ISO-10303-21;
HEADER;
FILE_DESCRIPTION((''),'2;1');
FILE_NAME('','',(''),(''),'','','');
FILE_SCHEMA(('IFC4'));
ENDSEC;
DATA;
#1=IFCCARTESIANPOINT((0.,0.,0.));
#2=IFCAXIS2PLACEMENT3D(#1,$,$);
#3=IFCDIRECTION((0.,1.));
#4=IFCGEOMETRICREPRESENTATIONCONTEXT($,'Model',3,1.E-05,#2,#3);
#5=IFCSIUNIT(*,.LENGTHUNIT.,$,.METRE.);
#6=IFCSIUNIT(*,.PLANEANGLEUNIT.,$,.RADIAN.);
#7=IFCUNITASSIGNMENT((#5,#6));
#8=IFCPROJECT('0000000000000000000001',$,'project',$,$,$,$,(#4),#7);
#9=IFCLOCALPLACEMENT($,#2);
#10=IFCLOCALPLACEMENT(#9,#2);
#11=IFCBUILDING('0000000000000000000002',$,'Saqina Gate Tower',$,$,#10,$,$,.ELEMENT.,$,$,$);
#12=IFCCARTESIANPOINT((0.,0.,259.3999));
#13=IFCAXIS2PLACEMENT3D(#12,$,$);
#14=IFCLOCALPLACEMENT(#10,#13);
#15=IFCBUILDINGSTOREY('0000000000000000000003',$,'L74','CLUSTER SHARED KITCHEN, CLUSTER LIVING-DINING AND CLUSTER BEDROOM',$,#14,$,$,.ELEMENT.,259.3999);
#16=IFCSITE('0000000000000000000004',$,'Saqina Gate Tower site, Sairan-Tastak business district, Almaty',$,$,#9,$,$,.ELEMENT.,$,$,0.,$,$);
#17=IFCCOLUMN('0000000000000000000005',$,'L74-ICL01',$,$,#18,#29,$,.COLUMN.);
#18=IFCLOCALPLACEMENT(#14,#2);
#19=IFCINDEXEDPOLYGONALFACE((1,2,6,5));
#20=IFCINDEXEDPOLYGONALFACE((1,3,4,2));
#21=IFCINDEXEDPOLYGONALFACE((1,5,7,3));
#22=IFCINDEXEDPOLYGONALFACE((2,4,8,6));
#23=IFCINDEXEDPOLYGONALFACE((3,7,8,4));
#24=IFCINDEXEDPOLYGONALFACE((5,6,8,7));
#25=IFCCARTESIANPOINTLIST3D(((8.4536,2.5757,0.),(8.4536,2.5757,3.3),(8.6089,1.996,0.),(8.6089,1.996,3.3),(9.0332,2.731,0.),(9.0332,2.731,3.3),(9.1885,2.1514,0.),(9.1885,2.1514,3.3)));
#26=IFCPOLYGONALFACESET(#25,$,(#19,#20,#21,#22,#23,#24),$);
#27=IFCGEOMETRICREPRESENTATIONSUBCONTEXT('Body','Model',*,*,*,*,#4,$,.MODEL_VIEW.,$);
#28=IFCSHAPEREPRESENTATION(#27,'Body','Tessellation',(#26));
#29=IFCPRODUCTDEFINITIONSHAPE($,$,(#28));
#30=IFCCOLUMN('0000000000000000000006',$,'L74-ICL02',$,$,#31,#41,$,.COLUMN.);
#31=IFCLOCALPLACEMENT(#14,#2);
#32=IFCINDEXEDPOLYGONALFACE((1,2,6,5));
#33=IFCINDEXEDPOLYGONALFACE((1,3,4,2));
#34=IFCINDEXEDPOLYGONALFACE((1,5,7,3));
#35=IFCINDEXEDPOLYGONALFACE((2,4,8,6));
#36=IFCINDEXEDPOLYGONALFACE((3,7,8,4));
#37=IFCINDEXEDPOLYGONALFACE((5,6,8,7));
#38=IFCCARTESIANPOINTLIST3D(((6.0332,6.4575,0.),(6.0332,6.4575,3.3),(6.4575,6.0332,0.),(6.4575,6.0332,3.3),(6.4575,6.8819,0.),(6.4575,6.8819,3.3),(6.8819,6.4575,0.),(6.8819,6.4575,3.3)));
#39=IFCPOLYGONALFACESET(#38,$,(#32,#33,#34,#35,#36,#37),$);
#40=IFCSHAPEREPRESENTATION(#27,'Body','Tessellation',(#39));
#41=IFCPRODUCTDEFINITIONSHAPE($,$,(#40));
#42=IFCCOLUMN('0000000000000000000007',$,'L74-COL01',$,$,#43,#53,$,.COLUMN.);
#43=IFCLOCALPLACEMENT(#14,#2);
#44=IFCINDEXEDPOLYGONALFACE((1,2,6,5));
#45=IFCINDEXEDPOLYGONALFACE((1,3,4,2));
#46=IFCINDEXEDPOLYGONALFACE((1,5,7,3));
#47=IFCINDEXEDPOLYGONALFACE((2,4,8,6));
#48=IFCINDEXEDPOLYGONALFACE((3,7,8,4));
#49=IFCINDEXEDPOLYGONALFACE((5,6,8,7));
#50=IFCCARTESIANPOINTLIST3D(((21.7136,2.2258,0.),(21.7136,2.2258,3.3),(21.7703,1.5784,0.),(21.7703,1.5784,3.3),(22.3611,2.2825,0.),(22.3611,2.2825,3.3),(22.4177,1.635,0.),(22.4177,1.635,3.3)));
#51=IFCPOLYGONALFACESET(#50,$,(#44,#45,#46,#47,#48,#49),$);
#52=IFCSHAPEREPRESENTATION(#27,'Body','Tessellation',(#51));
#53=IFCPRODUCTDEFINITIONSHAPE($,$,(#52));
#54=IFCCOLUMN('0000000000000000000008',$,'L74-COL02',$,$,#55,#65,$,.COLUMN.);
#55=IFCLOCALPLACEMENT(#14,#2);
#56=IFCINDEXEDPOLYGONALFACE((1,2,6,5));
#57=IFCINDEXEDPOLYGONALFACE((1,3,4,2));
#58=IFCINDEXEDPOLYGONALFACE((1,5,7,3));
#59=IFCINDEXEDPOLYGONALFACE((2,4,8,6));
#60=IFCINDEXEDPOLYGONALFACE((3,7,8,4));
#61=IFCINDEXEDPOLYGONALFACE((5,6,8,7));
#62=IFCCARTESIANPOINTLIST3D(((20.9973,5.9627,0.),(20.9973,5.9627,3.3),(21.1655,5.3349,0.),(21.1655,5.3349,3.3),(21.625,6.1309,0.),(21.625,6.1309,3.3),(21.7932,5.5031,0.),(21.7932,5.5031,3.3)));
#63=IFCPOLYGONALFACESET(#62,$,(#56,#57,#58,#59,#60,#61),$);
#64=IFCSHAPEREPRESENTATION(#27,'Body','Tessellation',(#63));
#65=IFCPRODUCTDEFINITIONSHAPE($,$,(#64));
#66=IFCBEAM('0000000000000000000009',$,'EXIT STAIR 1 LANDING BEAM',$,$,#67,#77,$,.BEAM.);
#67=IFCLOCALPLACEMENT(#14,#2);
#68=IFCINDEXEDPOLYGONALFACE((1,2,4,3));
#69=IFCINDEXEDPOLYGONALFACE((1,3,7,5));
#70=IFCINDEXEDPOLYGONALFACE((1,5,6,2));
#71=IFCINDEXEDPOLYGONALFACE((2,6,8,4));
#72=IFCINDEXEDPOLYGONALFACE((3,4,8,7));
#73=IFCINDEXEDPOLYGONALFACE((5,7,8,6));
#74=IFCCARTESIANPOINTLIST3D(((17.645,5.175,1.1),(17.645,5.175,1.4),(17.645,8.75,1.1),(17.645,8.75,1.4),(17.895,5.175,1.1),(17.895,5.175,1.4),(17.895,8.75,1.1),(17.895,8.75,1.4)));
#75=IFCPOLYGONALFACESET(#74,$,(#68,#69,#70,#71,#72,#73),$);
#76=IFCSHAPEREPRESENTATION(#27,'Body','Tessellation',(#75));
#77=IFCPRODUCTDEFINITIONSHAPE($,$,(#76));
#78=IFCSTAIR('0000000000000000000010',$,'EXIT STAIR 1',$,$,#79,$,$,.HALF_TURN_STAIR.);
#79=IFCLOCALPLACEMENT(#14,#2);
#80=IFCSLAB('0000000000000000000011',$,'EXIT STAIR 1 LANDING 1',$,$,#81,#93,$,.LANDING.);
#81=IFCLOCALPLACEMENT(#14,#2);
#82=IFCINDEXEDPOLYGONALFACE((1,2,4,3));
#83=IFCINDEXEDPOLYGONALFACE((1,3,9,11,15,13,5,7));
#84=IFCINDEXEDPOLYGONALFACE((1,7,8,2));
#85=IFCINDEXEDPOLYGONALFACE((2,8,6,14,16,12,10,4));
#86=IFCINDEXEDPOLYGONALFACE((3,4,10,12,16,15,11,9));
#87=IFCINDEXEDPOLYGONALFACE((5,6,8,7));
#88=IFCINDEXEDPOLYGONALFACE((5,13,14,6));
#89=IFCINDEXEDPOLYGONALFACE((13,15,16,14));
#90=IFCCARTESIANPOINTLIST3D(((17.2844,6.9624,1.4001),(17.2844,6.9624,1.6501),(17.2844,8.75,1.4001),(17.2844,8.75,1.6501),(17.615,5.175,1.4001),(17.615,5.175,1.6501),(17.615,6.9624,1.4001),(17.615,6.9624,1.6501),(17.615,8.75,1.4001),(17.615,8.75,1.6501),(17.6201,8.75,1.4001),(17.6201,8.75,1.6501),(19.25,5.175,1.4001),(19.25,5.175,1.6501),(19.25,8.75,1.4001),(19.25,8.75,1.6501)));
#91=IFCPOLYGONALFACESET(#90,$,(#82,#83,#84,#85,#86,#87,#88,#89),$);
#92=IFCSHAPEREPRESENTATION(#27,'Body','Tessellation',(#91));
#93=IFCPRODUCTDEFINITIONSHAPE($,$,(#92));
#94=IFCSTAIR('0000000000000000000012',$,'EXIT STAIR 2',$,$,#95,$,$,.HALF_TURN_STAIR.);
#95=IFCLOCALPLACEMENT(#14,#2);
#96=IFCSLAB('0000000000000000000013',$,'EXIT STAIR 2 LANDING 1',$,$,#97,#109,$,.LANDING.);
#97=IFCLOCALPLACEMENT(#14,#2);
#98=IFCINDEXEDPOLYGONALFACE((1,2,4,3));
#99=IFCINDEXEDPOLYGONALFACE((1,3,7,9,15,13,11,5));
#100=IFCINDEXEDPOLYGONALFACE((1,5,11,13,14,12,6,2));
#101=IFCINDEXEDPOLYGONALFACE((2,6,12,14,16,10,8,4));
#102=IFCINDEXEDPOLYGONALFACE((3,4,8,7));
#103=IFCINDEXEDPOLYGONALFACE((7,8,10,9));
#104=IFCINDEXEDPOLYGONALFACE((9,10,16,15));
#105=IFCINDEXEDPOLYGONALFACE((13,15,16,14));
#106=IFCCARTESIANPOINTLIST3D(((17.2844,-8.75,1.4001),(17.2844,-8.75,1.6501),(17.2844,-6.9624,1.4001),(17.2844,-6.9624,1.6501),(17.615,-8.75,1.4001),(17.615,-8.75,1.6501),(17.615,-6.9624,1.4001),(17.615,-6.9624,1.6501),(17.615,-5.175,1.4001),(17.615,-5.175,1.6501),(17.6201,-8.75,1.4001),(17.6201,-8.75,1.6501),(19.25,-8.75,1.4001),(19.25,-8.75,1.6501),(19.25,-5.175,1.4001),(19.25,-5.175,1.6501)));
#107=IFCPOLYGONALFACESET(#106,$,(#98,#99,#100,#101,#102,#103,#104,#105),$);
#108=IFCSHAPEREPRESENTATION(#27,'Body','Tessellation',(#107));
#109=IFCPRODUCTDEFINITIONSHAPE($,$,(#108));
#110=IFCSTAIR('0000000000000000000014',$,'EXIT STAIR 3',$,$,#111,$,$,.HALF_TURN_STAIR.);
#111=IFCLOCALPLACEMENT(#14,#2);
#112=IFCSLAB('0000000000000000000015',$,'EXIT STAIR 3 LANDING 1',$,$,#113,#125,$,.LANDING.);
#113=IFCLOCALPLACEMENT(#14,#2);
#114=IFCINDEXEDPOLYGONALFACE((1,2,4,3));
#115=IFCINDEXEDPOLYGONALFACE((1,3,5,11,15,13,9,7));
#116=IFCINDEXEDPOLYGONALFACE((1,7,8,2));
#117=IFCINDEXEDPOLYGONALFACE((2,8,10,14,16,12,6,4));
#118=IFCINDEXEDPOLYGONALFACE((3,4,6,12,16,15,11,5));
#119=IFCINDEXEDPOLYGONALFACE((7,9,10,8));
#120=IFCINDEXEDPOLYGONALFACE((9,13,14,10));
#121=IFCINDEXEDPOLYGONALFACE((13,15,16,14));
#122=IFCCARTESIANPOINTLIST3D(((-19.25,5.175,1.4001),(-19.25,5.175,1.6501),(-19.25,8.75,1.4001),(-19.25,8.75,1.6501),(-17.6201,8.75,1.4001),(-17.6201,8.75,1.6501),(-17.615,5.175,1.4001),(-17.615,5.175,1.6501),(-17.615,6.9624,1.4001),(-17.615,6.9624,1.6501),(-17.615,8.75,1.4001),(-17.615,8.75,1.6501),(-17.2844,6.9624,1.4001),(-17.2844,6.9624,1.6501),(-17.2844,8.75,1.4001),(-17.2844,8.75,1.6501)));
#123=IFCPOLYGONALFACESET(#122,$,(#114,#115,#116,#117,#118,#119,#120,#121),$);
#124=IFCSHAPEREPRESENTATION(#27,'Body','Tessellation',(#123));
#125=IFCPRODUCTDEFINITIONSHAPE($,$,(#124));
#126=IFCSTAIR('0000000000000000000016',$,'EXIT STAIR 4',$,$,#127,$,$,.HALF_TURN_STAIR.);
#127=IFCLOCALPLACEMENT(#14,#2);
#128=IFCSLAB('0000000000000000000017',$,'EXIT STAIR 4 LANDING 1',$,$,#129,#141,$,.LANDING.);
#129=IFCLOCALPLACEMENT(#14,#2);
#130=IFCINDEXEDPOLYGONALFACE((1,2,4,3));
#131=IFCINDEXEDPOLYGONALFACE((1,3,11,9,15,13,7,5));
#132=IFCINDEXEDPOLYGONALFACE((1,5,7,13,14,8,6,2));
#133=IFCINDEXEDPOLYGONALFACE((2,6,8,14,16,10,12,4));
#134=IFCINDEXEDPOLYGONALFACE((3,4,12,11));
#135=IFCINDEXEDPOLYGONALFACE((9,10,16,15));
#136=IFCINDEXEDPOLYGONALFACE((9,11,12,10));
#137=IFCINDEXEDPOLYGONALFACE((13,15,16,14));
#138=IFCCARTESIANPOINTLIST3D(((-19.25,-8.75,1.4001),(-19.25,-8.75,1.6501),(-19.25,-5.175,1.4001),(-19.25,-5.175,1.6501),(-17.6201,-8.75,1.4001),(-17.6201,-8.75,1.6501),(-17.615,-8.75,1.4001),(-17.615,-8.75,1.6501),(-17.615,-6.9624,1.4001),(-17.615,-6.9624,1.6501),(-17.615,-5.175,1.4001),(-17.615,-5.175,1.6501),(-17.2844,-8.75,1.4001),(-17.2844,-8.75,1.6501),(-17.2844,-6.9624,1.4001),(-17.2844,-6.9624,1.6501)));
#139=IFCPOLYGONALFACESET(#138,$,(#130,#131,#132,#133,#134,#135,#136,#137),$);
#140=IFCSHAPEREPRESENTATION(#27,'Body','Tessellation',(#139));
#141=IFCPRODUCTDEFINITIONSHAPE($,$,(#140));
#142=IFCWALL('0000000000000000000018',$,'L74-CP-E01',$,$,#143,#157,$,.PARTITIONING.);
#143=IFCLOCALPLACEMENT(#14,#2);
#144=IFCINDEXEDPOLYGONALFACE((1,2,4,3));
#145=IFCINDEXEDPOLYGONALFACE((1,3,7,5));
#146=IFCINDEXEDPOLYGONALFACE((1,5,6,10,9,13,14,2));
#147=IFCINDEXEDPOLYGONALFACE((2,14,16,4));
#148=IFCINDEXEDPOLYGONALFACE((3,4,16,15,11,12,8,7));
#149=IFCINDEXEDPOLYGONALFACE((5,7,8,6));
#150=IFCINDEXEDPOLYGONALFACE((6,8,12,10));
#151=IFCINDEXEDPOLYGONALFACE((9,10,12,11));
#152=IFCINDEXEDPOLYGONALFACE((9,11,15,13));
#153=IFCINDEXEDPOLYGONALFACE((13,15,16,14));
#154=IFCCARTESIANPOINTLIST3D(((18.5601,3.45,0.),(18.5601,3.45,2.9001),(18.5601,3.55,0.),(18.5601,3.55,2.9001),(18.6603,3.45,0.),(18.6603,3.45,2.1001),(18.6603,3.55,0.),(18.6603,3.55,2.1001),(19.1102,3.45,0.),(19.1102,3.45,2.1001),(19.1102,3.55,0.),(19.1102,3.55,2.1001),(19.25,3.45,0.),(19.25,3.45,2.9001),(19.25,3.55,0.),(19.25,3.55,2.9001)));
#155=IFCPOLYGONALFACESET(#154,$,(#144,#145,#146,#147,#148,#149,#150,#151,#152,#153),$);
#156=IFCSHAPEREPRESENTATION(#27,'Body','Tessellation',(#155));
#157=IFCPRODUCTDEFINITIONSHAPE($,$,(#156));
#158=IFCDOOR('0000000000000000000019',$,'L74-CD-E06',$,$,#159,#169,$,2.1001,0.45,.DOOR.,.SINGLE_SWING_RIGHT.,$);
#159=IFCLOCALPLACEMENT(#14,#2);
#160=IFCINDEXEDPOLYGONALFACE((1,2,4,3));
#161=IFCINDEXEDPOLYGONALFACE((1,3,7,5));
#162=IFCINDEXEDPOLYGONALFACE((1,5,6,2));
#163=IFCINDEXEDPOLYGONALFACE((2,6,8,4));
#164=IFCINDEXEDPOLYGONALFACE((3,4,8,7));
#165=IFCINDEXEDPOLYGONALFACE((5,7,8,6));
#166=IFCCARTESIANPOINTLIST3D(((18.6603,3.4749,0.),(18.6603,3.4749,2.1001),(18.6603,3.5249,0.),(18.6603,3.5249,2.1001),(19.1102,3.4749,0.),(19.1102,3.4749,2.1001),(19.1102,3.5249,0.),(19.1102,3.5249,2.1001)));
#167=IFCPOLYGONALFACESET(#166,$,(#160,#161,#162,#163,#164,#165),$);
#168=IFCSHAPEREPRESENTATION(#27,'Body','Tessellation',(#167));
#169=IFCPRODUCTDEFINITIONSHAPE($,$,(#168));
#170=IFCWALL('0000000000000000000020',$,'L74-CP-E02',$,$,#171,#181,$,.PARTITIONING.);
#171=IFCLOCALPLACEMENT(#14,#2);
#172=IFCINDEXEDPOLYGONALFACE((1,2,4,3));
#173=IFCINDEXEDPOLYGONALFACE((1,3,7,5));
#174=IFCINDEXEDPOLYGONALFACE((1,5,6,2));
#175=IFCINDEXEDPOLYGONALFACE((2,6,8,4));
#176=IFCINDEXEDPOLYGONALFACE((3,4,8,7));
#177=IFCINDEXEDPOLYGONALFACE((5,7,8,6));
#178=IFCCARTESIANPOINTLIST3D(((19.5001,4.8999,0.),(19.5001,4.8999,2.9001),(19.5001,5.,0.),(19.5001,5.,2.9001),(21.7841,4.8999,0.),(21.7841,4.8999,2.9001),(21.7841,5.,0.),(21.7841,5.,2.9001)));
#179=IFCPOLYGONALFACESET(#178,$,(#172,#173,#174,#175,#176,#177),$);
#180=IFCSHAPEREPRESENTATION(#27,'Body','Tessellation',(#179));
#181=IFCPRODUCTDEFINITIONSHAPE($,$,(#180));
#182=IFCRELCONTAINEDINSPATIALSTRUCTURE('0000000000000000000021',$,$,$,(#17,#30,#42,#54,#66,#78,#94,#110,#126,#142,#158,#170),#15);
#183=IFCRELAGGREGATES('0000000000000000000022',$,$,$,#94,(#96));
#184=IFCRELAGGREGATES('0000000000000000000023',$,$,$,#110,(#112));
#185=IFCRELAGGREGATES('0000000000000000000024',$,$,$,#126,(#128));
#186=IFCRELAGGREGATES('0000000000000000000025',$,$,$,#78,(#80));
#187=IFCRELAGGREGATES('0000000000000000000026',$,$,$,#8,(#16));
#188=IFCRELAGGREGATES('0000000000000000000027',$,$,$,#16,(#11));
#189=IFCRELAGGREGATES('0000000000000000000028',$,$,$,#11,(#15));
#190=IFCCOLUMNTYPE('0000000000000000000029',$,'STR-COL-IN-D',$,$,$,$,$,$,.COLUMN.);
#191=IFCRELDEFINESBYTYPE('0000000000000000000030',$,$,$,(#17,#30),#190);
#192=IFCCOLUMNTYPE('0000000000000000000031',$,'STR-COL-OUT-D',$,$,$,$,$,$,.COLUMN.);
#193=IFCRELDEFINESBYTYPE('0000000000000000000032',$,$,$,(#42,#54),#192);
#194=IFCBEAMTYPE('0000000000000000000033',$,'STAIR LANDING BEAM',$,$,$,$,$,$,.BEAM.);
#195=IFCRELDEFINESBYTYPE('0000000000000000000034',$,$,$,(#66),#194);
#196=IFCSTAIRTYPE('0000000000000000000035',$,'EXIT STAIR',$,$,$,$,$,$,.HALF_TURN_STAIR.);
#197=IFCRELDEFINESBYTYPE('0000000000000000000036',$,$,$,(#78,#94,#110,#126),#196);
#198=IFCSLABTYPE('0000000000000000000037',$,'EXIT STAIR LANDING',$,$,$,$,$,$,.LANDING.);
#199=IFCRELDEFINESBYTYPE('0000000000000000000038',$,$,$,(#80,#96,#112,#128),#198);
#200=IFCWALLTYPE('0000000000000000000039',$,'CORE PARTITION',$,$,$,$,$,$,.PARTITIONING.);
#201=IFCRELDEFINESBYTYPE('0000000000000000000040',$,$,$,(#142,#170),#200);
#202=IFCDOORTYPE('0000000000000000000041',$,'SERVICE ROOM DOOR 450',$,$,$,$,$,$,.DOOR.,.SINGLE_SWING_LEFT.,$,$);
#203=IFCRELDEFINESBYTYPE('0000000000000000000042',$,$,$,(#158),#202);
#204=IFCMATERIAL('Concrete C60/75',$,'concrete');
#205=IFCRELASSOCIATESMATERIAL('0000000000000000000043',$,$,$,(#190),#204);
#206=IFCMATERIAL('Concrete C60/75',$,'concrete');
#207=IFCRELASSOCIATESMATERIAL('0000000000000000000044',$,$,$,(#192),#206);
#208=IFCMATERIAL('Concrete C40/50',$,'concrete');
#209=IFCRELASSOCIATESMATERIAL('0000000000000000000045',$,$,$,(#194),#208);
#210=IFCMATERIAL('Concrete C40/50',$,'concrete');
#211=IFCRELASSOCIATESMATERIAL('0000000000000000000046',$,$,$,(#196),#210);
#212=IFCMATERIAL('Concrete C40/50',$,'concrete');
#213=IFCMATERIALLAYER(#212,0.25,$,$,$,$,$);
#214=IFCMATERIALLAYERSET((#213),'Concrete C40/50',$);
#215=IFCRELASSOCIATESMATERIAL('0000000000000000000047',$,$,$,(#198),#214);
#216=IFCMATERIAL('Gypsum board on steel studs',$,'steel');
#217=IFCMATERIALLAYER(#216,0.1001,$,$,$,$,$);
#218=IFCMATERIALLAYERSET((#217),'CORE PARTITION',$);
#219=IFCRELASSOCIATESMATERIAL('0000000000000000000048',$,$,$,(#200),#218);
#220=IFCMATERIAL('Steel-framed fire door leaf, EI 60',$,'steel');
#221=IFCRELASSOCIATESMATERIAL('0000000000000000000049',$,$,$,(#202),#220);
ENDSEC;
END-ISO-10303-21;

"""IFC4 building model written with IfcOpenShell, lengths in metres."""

from ifc_helpers import new_model, si_unit, direction, frame, frame_2d, origin, origin_2d, place, context, subcontext, project, spatial, polyline, rectangle, outline, extrude, material, layer, layer_set, material_profile, profile_set, type_object, element, fill, aggregate, save


model = new_model("IFC4")

# Units and contexts
model_context = context("Model", 3, precision=1e-05, world=origin(), true_north=direction((0.0, 1.0)))
body_context = subcontext(model_context, "Body", "Model", "MODEL_VIEW")
ifc_project = project(units=[si_unit("LENGTHUNIT", "METRE"), si_unit("PLANEANGLEUNIT", "RADIAN")], contexts=[model_context])

# Site, building, storey
site_placement = place(None, origin())
site = spatial("IfcSite", under=ifc_project, at=site_placement, Name="Saqina Gate Tower site, Sairan-Tastak business district, Almaty", CompositionType="ELEMENT", RefElevation=0.0)
building_placement = place(site_placement, origin())
building = spatial("IfcBuilding", under=site, at=building_placement, Name="Saqina Gate Tower", CompositionType="ELEMENT")
storey_placement = place(building_placement, frame((0.0, 0.0, 259.3999)))
storey = spatial("IfcBuildingStorey", under=building, at=storey_placement, Name="L74", Description="CLUSTER SHARED KITCHEN, CLUSTER LIVING-DINING AND CLUSTER BEDROOM", CompositionType="ELEMENT", Elevation=259.3999)

# Columns
ifc_material_1 = material(Name="Concrete C60/75", Category="concrete")
ifc_material_profile_1 = material_profile(ifc_material_1, rectangle(XDim=0.6001, YDim=0.6001, at=origin_2d()), Name="RC 600x600")
ifc_profile_set_1 = profile_set([ifc_material_profile_1], Name="Concrete C60/75")
column_type_1 = type_object("IfcColumnType", Name="STR-COL-IN-D", PredefinedType="COLUMN", material=ifc_profile_set_1)
for number, where, z_axis, x_axis, name in (
    (1, (8.821, 2.3635, 0.0), (0.0, 0.0, 1.0), (0.965926, 0.258819, 0.0), "L74-ICL01"),
    (2, (6.4575, 6.4575, 0.0), (0.0, 0.0, 1.0), (0.707107, 0.707107, 0.0), "L74-ICL02"),
):
    element("IfcColumn", number, at=place(storey_placement, frame(where, z_axis=z_axis, x_axis=x_axis)), inside=storey, type_object=column_type_1, Name=name, PredefinedType="COLUMN", context=body_context, shape_type="SweptSolid", body=[
        extrude(rectangle(XDim=0.6001, YDim=0.6001, at=origin_2d()), origin(), (0.0, 0.0, 1.0), 3.3),
    ])
ifc_material_2 = material(Name="Concrete C60/75", Category="concrete")
ifc_material_profile_2 = material_profile(ifc_material_2, rectangle(XDim=0.6499, YDim=0.6499, at=origin_2d()), Name="RC 650x650")
ifc_profile_set_2 = profile_set([ifc_material_profile_2], Name="Concrete C60/75")
column_type_2 = type_object("IfcColumnType", Name="STR-COL-OUT-D", PredefinedType="COLUMN", material=ifc_profile_set_2)
for number, where, z_axis, x_axis, name in (
    (3, (22.0657, 1.9304, 0.0), (0.0, 0.0, 1.0), (0.996195, 0.087156, 0.0), "L74-COL01"),
    (4, (21.3953, 5.7329, 0.0), (0.0, 0.0, 1.0), (0.965926, 0.258819, 0.0), "L74-COL02"),
):
    element("IfcColumn", number, at=place(storey_placement, frame(where, z_axis=z_axis, x_axis=x_axis)), inside=storey, type_object=column_type_2, Name=name, PredefinedType="COLUMN", context=body_context, shape_type="SweptSolid", body=[
        extrude(rectangle(XDim=0.6499, YDim=0.6499, at=origin_2d()), origin(), (0.0, 0.0, 1.0), 3.3),
    ])

# Beam
ifc_material_3 = material(Name="Concrete C40/50", Category="concrete")
ifc_material_profile_3 = material_profile(ifc_material_3, rectangle(XDim=0.25, YDim=0.3, at=origin_2d()), Name="STAIR LANDING BEAM")
ifc_profile_set_3 = profile_set([ifc_material_profile_3], Name="Concrete C40/50")
beam_type = type_object("IfcBeamType", Name="STAIR LANDING BEAM", PredefinedType="BEAM", material=ifc_profile_set_3)
beam_placement = place(storey_placement, frame((17.77, 5.175, 1.25), z_axis=(0.0, 1.0, 0.0), x_axis=(-1.0, 0.0, 0.0)))
element("IfcBeam", 5, at=beam_placement, inside=storey, type_object=beam_type, Name="EXIT STAIR 1 LANDING BEAM", PredefinedType="BEAM", context=body_context, shape_type="SweptSolid", body=[
    extrude(rectangle(XDim=0.25, YDim=0.3, at=origin_2d()), origin(), (0.0, 0.0, 1.0), 3.575),
])

# Stairs, slabs
ifc_material_4 = material(Name="Concrete C40/50", Category="concrete")
stair_type = type_object("IfcStairType", Name="EXIT STAIR", PredefinedType="HALF_TURN_STAIR", material=ifc_material_4)
stair_1_placement = place(storey_placement, origin())
stair_1 = element("IfcStair", 6, at=stair_1_placement, inside=storey, type_object=stair_type, Name="EXIT STAIR 1", PredefinedType="HALF_TURN_STAIR")
ifc_material_5 = material(Name="Concrete C40/50", Category="concrete")
ifc_layer_1 = layer(ifc_material_5, 0.25)
ifc_layer_set_1 = layer_set([ifc_layer_1], Name="Concrete C40/50")
slab_type = type_object("IfcSlabType", Name="EXIT STAIR LANDING", PredefinedType="LANDING", material=ifc_layer_set_1)
slab_1_placement = place(storey_placement, frame((0.0, 0.0, 1.4001)))
slab_1 = element("IfcSlab", 7, at=slab_1_placement, type_object=slab_type, Name="EXIT STAIR 1 LANDING 1", PredefinedType="LANDING", context=body_context, shape_type="SweptSolid", body=[
    extrude(outline(polyline([(19.25, 8.75), (19.25, 5.175), (17.615, 5.175), (17.615, 6.9624), (17.2844, 6.9624), (17.2844, 8.75), (17.615, 8.75), (17.6201, 8.75), (19.25, 8.75)])), origin(), (0.0, 0.0, 1.0), 0.25),
])
stair_2_placement = place(storey_placement, origin())
stair_2 = element("IfcStair", 8, at=stair_2_placement, inside=storey, type_object=stair_type, Name="EXIT STAIR 2", PredefinedType="HALF_TURN_STAIR")
slab_2_placement = place(storey_placement, frame((0.0, 0.0, 1.4001)))
slab_2 = element("IfcSlab", 9, at=slab_2_placement, type_object=slab_type, Name="EXIT STAIR 2 LANDING 1", PredefinedType="LANDING", context=body_context, shape_type="SweptSolid", body=[
    extrude(outline(polyline([(17.2844, -8.75), (17.2844, -6.9624), (17.615, -6.9624), (17.615, -5.175), (19.25, -5.175), (19.25, -8.75), (17.6201, -8.75), (17.615, -8.75), (17.2844, -8.75)])), origin(), (0.0, 0.0, 1.0), 0.25),
])
aggregate(stair_2, [slab_2])
stair_3_placement = place(storey_placement, origin())
stair_3 = element("IfcStair", 10, at=stair_3_placement, inside=storey, type_object=stair_type, Name="EXIT STAIR 3", PredefinedType="HALF_TURN_STAIR")
slab_3_placement = place(storey_placement, frame((0.0, 0.0, 1.4001)))
slab_3 = element("IfcSlab", 11, at=slab_3_placement, type_object=slab_type, Name="EXIT STAIR 3 LANDING 1", PredefinedType="LANDING", context=body_context, shape_type="SweptSolid", body=[
    extrude(outline(polyline([(-17.615, 5.175), (-19.25, 5.175), (-19.25, 8.75), (-17.6201, 8.75), (-17.615, 8.75), (-17.2844, 8.75), (-17.2844, 6.9624), (-17.615, 6.9624), (-17.615, 5.175)])), origin(), (0.0, 0.0, 1.0), 0.25),
])
aggregate(stair_3, [slab_3])
stair_4_placement = place(storey_placement, origin())
stair_4 = element("IfcStair", 12, at=stair_4_placement, inside=storey, type_object=stair_type, Name="EXIT STAIR 4", PredefinedType="HALF_TURN_STAIR")
slab_4_placement = place(storey_placement, frame((0.0, 0.0, 1.4001)))
slab_4 = element("IfcSlab", 13, at=slab_4_placement, type_object=slab_type, Name="EXIT STAIR 4 LANDING 1", PredefinedType="LANDING", context=body_context, shape_type="SweptSolid", body=[
    extrude(outline(polyline([(-17.2844, -6.9624), (-17.2844, -8.75), (-17.615, -8.75), (-17.6201, -8.75), (-19.25, -8.75), (-19.25, -5.175), (-17.615, -5.175), (-17.615, -6.9624), (-17.2844, -6.9624)])), origin(), (0.0, 0.0, 1.0), 0.25),
])
aggregate(stair_4, [slab_4])

# Wall, opening, door
ifc_material_6 = material(Name="Gypsum board on steel studs", Category="steel")
ifc_layer_2 = layer(ifc_material_6, 0.1001)
ifc_layer_set_2 = layer_set([ifc_layer_2], Name="CORE PARTITION")
wall_type_1 = type_object("IfcWallType", Name="CORE PARTITION", PredefinedType="PARTITIONING", material=ifc_layer_set_2)
wall_1_placement = place(storey_placement, frame((18.5601, 3.5, 0.0), z_axis=(0.0, 0.0, 1.0), x_axis=(1.0, 0.0, 0.0)))
wall_1 = element("IfcWall", 14, at=wall_1_placement, inside=storey, type_object=wall_type_1, Name="L74-CP-E01", PredefinedType="PARTITIONING", context=body_context, shape_type="SweptSolid", body=[
    extrude(rectangle(XDim=0.6899, YDim=0.1001, at=frame_2d((0.345, 0.0))), origin(), (0.0, 0.0, 1.0), 2.9001),
])
opening_1_placement = place(wall_1_placement, frame((0.1001, 0.0, 0.0)))
opening_1 = element("IfcOpeningElement", 15, at=opening_1_placement, cuts=wall_1, PredefinedType="OPENING", context=body_context, shape_type="SweptSolid", body=[
    extrude(rectangle(XDim=0.45, YDim=2.1001, at=frame_2d((0.2251, 1.05))), frame((0.0, 0.062, 0.0), z_axis=(0.0, -1.0, 0.0), x_axis=(1.0, 0.0, 0.0)), (0.0, 0.0, 1.0), 0.124),
])
ifc_material_7 = material(Name="Steel-framed fire door leaf, EI 60", Category="steel")
door_type_1 = type_object("IfcDoorType", Name="SERVICE ROOM DOOR 450", OperationType="SINGLE_SWING_LEFT", PredefinedType="DOOR", material=ifc_material_7)
door_1_placement = place(opening_1_placement, origin())
door_1 = element("IfcDoor", 16, at=door_1_placement, inside=storey, type_object=door_type_1, Name="L74-CD-E06", OperationType="SINGLE_SWING_RIGHT", OverallHeight=2.1001, OverallWidth=0.45, PredefinedType="DOOR", context=body_context, shape_type="SweptSolid", body=[
    extrude(rectangle(XDim=0.45, YDim=2.1001, at=frame_2d((0.2251, 1.05))), frame((0.0, 0.0249, 0.0), z_axis=(0.0, -1.0, 0.0), x_axis=(1.0, 0.0, 0.0)), (0.0, 0.0, 1.0), 0.05),
])
fill(opening_1, door_1)

# Wall
wall_2_placement = place(storey_placement, frame((19.5, 4.95, 0.0), z_axis=(0.0, 0.0, 1.0), x_axis=(1.0, 0.0, 0.0)))
element("IfcWall", 17, at=wall_2_placement, inside=storey, type_object=wall_type_1, Name="L74-CP-E02", PredefinedType="PARTITIONING", context=body_context, shape_type="SweptSolid", body=[
    extrude(rectangle(XDim=2.2839, YDim=0.1001, at=frame_2d((1.1421, 0.0))), origin(), (0.0, 0.0, 1.0), 2.9001),
])

aggregate(stair_1, [slab_1])

save(model, "model.ifc")
